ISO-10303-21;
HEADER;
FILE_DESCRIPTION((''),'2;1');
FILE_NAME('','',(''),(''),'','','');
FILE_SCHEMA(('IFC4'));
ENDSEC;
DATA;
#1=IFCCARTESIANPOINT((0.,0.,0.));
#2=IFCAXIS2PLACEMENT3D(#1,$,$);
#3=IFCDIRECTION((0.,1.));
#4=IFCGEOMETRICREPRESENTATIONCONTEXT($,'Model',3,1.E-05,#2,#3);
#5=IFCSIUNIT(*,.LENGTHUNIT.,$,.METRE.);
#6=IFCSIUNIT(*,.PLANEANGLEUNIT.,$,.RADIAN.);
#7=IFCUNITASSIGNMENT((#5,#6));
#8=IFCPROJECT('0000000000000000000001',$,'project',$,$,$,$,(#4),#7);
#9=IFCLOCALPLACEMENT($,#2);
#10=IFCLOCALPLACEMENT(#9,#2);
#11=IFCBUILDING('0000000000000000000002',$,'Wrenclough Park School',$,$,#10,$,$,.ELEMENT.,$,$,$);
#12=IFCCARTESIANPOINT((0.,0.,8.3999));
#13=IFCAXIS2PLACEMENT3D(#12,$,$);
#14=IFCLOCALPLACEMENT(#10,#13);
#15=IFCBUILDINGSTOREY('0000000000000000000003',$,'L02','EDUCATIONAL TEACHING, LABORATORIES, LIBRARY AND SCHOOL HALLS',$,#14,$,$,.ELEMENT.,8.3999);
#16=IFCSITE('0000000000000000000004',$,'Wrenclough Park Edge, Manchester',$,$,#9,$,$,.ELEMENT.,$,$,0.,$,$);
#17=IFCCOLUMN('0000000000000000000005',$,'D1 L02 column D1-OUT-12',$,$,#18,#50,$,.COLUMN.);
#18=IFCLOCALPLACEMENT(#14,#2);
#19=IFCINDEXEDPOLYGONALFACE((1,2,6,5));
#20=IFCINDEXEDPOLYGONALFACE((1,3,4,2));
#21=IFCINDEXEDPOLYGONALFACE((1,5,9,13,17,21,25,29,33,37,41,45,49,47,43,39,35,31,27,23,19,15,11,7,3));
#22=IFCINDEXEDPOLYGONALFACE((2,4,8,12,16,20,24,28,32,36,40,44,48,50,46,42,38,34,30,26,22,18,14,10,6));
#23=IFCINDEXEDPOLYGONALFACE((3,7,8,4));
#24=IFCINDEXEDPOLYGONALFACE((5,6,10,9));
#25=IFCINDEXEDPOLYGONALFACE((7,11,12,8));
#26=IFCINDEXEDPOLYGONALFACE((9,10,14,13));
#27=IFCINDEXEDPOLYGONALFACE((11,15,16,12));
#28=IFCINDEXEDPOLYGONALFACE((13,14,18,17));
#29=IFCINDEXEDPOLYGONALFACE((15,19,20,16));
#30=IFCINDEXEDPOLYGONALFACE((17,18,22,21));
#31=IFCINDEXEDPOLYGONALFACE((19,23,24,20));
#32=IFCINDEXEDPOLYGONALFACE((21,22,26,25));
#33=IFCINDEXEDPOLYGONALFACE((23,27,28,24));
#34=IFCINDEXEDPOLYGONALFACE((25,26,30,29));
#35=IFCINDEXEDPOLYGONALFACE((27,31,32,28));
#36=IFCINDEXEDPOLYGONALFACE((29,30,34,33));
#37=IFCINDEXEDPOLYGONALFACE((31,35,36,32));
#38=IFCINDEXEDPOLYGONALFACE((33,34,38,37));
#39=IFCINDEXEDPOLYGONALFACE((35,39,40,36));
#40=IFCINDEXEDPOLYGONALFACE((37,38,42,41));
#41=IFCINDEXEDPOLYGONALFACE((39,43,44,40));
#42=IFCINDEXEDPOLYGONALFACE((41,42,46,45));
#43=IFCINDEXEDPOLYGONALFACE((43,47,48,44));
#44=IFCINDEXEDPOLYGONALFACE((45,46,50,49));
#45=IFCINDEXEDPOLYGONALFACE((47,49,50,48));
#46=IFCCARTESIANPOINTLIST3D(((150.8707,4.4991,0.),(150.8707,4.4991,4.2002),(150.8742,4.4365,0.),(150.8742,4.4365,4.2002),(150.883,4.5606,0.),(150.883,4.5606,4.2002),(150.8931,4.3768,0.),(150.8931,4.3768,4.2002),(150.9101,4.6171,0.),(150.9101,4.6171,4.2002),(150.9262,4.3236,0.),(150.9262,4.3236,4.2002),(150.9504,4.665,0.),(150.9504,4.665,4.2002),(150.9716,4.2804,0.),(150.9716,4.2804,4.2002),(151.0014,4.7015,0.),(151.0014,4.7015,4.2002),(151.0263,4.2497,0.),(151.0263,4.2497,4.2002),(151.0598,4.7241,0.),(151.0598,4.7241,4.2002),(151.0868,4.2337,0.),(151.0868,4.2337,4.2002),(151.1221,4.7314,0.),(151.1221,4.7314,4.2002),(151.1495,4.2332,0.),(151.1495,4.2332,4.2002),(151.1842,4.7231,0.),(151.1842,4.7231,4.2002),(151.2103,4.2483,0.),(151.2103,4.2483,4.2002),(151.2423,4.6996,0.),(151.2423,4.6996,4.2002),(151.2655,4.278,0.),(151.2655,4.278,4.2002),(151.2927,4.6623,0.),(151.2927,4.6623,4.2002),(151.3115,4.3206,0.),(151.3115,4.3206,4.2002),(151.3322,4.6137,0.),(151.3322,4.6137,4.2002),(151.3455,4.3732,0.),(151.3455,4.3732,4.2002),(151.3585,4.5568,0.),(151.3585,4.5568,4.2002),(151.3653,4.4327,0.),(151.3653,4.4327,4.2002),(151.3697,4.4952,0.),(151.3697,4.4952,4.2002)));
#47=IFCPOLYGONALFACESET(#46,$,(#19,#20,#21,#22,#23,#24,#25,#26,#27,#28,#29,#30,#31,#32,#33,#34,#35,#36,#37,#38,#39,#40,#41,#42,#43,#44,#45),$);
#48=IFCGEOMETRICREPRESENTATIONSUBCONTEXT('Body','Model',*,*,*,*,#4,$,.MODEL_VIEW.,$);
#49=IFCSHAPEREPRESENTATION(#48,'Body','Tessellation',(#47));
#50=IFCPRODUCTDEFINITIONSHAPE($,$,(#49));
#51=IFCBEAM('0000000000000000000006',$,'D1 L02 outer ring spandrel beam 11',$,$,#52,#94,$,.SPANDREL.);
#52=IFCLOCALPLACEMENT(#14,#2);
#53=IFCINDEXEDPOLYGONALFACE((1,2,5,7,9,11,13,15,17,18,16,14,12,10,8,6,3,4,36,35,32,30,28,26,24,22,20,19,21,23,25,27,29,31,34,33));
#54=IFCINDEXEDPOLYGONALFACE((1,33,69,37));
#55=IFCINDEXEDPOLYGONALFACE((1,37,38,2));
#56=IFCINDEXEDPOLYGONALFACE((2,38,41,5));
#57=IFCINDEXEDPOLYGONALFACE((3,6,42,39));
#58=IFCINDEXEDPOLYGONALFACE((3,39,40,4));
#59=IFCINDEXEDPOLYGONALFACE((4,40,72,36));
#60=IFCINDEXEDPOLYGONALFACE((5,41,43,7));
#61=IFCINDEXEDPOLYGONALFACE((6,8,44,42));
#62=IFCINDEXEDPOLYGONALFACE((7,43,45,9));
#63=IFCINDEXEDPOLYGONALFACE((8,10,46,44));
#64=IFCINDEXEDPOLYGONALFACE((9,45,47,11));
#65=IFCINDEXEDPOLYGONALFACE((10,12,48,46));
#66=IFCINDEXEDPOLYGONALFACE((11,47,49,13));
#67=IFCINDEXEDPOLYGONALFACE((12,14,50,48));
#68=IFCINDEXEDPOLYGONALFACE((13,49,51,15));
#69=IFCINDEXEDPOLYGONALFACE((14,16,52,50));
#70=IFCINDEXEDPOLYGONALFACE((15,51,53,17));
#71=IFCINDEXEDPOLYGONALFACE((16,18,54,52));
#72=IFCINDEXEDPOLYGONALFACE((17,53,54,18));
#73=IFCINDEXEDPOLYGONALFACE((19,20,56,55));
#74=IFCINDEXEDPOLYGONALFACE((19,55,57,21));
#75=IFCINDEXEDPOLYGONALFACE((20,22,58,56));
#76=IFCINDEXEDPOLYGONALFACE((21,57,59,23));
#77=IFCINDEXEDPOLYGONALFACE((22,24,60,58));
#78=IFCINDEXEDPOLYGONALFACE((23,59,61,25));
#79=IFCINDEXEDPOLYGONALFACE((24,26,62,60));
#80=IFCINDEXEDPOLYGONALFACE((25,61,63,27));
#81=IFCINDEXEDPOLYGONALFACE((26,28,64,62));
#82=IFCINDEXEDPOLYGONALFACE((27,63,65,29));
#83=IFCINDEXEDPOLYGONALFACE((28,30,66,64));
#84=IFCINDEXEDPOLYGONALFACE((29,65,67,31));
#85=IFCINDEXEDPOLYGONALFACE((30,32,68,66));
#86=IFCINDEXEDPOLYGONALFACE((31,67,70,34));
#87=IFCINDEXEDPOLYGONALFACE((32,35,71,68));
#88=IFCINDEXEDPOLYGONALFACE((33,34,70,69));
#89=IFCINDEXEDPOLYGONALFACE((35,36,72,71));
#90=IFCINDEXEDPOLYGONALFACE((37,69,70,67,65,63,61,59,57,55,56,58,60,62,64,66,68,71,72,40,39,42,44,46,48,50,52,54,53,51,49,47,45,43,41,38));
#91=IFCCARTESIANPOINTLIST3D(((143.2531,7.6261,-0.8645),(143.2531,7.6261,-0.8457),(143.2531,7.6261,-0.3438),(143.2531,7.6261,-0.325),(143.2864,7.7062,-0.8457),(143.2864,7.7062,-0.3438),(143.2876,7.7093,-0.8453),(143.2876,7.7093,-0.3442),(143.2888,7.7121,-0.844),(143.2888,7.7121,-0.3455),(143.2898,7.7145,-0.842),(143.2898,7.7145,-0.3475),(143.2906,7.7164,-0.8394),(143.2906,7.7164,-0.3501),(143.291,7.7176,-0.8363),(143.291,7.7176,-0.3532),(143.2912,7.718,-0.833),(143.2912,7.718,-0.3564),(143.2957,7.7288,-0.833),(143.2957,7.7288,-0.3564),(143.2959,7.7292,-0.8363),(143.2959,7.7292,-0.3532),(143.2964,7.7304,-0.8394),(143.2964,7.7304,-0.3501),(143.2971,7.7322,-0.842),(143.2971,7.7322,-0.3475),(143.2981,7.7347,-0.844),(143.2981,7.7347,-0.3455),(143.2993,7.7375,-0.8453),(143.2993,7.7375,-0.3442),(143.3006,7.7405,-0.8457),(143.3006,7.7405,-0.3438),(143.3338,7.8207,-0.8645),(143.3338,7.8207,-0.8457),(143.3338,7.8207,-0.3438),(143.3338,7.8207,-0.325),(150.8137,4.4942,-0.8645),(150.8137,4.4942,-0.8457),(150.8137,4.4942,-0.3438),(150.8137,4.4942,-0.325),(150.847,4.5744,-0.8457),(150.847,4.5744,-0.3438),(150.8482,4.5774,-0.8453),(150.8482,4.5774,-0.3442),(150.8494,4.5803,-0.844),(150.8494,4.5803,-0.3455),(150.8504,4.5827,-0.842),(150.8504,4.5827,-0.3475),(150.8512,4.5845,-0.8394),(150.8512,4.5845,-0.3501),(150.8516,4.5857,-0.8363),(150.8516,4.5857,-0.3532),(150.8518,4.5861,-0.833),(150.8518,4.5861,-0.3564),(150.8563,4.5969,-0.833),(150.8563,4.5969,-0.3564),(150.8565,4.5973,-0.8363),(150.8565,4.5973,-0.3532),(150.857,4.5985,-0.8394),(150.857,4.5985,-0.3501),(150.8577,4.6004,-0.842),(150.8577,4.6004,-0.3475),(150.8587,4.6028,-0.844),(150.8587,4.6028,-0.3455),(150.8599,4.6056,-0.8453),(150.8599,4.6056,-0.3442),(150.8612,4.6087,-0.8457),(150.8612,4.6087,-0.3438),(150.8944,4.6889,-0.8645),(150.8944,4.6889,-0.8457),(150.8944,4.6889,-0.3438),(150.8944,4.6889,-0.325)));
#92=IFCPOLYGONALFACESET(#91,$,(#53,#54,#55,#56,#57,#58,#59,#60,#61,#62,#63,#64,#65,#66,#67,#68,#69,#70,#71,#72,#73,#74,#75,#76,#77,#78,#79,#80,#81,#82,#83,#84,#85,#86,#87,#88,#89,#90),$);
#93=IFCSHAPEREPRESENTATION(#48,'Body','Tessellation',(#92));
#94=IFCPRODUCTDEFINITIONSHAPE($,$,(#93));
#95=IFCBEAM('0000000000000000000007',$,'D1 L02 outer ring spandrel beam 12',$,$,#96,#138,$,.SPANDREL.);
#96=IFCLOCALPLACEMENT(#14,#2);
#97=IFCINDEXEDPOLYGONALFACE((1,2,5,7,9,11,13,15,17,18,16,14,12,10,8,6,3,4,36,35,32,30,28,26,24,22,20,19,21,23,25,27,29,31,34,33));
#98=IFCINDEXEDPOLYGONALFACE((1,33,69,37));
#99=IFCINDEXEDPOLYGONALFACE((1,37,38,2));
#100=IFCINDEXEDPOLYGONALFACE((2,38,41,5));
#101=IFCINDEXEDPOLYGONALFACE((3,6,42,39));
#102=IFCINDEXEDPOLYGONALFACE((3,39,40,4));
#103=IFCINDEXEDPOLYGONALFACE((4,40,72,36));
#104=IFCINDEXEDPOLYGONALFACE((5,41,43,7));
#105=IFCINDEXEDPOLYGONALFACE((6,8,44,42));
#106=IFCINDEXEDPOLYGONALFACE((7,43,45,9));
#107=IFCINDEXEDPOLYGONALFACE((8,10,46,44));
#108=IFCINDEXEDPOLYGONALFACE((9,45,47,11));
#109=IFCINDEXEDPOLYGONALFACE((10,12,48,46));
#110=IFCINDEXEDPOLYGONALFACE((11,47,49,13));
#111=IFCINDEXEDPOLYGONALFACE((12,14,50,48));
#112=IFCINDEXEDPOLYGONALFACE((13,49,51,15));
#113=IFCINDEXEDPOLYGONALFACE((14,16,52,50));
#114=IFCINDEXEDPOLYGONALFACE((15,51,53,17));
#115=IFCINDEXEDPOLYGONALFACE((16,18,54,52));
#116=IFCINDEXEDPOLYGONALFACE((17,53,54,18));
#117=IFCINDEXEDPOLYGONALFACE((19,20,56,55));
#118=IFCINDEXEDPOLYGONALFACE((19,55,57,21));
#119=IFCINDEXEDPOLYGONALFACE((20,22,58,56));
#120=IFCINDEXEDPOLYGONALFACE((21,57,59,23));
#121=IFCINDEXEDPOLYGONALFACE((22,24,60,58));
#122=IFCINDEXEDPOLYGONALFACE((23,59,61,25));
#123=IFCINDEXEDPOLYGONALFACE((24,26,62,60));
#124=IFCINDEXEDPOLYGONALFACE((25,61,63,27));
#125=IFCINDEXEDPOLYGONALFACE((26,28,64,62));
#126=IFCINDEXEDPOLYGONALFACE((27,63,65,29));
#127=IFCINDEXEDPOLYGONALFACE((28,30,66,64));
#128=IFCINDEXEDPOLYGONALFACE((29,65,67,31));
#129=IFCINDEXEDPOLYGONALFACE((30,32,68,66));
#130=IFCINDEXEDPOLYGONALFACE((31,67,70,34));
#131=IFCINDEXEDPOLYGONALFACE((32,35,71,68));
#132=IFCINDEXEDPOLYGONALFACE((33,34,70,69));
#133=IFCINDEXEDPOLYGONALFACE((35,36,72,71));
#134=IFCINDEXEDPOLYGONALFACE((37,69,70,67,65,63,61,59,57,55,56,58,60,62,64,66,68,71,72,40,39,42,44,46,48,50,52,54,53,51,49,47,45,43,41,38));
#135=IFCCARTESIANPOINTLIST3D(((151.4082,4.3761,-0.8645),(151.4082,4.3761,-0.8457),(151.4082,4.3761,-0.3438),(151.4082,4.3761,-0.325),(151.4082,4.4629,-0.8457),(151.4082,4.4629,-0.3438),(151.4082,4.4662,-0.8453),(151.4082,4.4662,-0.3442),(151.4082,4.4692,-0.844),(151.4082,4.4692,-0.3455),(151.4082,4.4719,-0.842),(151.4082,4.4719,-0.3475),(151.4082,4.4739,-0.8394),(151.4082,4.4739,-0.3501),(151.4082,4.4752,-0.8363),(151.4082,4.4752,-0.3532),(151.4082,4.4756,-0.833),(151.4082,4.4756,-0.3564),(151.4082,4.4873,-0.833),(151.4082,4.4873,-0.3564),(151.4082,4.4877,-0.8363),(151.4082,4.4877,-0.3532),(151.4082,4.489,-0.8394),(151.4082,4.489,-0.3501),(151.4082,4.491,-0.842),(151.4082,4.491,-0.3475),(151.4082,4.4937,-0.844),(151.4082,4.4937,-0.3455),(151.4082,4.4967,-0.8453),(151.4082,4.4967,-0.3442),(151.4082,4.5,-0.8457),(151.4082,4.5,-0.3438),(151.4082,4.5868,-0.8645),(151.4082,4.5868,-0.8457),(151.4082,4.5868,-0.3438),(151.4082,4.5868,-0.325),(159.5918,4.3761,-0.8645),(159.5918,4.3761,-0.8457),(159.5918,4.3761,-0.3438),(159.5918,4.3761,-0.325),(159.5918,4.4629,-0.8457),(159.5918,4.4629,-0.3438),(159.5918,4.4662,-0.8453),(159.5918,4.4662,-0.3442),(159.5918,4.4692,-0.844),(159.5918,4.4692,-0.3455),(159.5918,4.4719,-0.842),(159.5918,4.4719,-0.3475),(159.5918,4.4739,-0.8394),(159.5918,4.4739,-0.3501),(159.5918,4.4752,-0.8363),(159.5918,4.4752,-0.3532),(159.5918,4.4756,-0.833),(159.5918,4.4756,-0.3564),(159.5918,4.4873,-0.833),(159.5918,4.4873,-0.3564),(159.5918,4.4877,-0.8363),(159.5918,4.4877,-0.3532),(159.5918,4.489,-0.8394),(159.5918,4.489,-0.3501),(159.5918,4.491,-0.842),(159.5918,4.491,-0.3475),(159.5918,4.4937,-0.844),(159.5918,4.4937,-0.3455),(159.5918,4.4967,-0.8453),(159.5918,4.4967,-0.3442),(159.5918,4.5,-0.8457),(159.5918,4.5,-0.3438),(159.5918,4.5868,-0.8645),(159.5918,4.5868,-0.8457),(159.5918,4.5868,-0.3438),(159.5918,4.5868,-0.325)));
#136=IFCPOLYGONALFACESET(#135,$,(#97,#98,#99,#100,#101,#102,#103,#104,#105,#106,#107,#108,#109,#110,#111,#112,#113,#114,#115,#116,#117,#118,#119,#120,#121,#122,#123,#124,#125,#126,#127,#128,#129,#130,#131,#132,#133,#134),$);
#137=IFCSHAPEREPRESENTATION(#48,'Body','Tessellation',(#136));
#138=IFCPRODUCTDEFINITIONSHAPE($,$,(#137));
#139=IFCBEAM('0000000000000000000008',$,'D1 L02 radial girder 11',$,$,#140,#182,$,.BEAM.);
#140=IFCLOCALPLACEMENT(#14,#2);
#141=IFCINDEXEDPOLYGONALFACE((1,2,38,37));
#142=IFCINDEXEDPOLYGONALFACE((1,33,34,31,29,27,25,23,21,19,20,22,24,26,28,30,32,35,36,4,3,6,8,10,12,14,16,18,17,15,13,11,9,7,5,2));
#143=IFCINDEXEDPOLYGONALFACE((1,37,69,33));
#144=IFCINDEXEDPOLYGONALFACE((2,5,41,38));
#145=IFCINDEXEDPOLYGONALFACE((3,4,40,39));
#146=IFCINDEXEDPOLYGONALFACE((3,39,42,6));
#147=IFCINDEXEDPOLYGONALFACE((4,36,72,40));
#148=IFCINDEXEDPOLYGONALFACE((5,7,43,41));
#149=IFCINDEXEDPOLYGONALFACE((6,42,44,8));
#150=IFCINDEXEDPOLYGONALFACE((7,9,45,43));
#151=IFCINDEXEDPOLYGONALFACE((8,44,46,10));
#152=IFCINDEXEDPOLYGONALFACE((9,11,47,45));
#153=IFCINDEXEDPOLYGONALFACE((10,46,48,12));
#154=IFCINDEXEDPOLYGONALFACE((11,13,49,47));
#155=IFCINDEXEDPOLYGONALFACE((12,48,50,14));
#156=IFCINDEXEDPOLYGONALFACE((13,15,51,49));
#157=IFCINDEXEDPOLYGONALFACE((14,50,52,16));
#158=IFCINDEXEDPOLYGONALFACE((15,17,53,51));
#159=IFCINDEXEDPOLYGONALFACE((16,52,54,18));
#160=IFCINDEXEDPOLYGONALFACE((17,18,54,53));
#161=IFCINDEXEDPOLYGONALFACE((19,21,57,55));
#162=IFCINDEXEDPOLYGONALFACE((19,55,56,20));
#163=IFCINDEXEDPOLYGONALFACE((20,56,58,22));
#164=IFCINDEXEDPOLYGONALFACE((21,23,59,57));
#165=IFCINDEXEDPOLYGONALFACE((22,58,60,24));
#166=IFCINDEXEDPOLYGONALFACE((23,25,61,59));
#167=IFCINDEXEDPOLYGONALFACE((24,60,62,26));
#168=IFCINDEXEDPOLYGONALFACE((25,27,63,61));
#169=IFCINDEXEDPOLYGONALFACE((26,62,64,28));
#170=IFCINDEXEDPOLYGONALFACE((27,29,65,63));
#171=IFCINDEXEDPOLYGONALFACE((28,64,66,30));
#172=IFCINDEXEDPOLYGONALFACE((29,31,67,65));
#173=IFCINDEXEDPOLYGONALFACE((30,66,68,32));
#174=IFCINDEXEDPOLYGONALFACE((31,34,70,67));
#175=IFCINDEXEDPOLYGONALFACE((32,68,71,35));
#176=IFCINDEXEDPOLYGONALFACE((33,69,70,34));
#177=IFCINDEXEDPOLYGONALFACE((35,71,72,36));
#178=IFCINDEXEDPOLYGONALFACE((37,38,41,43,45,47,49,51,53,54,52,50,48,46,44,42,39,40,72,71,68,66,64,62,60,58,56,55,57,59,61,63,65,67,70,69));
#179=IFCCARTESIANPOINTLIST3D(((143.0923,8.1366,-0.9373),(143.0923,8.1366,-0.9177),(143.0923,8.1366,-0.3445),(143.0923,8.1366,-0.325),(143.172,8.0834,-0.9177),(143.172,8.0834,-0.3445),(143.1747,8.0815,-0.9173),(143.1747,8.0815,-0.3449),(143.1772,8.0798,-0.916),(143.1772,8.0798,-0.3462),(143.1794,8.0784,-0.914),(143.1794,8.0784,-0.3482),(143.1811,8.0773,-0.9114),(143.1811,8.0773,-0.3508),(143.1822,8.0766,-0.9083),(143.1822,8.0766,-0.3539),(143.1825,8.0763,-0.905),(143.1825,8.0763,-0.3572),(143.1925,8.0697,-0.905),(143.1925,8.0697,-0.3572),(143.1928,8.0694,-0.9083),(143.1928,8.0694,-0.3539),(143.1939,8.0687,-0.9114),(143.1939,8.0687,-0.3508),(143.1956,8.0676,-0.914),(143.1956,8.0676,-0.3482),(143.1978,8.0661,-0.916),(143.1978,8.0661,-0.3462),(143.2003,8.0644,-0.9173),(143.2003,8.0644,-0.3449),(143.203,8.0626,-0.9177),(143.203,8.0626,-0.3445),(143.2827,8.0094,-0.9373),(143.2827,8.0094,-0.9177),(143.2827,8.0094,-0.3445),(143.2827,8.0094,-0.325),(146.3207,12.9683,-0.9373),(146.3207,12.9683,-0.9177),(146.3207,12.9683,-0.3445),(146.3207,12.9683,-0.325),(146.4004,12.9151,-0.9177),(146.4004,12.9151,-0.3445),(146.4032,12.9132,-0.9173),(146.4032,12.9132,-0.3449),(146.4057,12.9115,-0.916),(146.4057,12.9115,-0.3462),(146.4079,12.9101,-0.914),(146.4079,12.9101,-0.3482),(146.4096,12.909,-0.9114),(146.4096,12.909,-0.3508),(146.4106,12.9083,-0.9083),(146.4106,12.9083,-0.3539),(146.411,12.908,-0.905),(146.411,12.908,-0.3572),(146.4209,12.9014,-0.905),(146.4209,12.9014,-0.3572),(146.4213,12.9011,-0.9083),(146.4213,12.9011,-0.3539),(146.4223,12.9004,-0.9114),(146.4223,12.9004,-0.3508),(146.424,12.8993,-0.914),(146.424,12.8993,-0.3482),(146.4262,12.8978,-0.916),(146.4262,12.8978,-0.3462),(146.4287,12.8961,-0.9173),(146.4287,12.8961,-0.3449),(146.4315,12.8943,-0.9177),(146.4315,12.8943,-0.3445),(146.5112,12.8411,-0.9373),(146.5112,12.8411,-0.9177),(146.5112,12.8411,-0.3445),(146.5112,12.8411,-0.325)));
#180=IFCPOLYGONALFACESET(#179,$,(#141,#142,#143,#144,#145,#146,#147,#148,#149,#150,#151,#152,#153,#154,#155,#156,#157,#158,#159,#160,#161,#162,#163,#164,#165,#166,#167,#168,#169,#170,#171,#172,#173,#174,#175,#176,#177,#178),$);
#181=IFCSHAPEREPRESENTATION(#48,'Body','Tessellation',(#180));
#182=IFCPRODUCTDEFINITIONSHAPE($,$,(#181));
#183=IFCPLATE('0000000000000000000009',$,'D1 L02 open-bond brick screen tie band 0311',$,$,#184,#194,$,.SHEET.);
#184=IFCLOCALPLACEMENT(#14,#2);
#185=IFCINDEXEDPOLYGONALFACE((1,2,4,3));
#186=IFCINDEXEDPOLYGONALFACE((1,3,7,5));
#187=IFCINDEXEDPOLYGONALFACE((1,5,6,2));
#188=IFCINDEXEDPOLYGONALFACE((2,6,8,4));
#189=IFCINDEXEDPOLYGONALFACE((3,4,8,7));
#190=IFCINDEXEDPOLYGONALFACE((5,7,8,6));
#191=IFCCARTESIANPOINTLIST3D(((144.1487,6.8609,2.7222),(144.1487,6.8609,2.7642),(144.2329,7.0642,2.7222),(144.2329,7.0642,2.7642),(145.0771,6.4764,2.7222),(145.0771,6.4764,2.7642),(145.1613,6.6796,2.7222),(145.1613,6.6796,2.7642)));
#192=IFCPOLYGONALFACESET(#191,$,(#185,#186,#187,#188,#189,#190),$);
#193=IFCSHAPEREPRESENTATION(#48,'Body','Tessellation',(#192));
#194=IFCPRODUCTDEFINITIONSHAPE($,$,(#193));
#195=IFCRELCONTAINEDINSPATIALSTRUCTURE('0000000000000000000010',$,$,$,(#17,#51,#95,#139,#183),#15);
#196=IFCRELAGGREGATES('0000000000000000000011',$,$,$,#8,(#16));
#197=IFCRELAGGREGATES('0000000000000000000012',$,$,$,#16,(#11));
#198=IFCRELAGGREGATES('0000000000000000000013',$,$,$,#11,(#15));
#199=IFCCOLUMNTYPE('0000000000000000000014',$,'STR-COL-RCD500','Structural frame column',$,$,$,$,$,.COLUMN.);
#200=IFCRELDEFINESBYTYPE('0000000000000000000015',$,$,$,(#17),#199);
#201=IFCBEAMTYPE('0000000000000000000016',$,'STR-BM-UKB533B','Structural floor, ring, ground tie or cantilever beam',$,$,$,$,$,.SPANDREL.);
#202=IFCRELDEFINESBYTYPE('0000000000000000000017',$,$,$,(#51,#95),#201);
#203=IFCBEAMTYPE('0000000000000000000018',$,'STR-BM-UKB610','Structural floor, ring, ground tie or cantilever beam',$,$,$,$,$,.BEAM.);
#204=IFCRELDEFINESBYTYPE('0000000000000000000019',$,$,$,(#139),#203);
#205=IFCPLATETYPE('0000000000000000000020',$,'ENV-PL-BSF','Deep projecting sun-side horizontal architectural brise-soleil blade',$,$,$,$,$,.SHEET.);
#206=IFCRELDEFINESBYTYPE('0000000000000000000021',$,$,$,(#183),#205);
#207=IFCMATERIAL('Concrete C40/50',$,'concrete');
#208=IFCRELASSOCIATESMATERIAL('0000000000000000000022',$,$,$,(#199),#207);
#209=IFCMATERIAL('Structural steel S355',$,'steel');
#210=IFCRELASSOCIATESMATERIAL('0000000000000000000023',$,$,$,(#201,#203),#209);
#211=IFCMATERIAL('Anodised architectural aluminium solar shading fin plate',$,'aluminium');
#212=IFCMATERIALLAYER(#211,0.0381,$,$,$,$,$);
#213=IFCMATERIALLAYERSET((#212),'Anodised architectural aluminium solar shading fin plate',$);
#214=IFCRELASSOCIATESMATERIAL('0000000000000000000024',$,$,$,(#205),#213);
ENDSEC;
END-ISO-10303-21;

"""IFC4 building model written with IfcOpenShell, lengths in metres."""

from ifc_helpers import new_model, si_unit, direction, frame, origin, origin_2d, place, context, subcontext, project, spatial, rectangle, circle, i_section, extrude, material, layer, layer_set, material_profile, profile_set, type_object, element, save


model = new_model("IFC4")

# Units and contexts
model_context = context("Model", 3, precision=1e-05, world=origin(), true_north=direction((0.0, 1.0)))
body_context = subcontext(model_context, "Body", "Model", "MODEL_VIEW")
ifc_project = project(units=[si_unit("LENGTHUNIT", "METRE"), si_unit("PLANEANGLEUNIT", "RADIAN")], contexts=[model_context])

# Site, building, storey
site_placement = place(None, origin())
site = spatial("IfcSite", under=ifc_project, at=site_placement, Name="Wrenclough Park Edge, Manchester", CompositionType="ELEMENT", RefElevation=0.0)
building_placement = place(site_placement, origin())
building = spatial("IfcBuilding", under=site, at=building_placement, Name="Wrenclough Park School", CompositionType="ELEMENT")
storey_placement = place(building_placement, frame((0.0, 0.0, 8.3999)))
storey = spatial("IfcBuildingStorey", under=building, at=storey_placement, Name="L02", Description="EDUCATIONAL TEACHING, LABORATORIES, LIBRARY AND SCHOOL HALLS", CompositionType="ELEMENT", Elevation=8.3999)

# Column
ifc_material_1 = material(Name="Concrete C40/50", Category="concrete")
ifc_material_profile_1 = material_profile(ifc_material_1, circle(Radius=0.25, at=origin_2d()), Name="RC COL D500")
ifc_profile_set_1 = profile_set([ifc_material_profile_1], Name="Concrete C40/50")
column_type = type_object("IfcColumnType", Name="STR-COL-RCD500", Description="Structural frame column", PredefinedType="COLUMN", material=ifc_profile_set_1)
for number, where, z_axis, x_axis, name in (
    (1, (151.1201, 4.4814, 0.0), (0.0, 0.0, 1.0), (0.980785, -0.19509, 0.0), "D1 L02 column D1-OUT-12"),
):
    element("IfcColumn", number, at=place(storey_placement, frame(where, z_axis=z_axis, x_axis=x_axis)), inside=storey, type_object=column_type, Name=name, PredefinedType="COLUMN", context=body_context, shape_type="SweptSolid", body=[
        extrude(circle(Radius=0.25, at=origin_2d()), origin(), (0.0, 0.0, 1.0), 4.2002),
    ])

# Beams
ifc_material_2 = material(Name="Structural steel S355", Category="steel")
ifc_material_profile_2 = material_profile(ifc_material_2, i_section(OverallWidth=0.2107, OverallDepth=0.5396, WebThickness=0.0117, FlangeThickness=0.0188, FilletRadius=0.0127, at=origin_2d()), Name="UKB 533x210x109")
ifc_profile_set_2 = profile_set([ifc_material_profile_2], Name="Structural steel S355")
beam_type_1 = type_object("IfcBeamType", Name="STR-BM-UKB533B", Description="Structural floor, ring, ground tie or cantilever beam", PredefinedType="SPANDREL", material=ifc_profile_set_2)
for number, where, z_axis, x_axis, name in (
    (2, (143.2935, 7.7234, -0.5947), (0.923873, -0.3827, 0.0), (0.3827, 0.923873, 0.0), "D1 L02 outer ring spandrel beam 11"),
    (3, (151.4082, 4.4814, -0.5947), (1.0, 0.0, 0.0), (0.0, 1.0, 0.0), "D1 L02 outer ring spandrel beam 12"),
):
    element("IfcBeam", number, at=place(storey_placement, frame(where, z_axis=z_axis, x_axis=x_axis)), inside=storey, type_object=beam_type_1, Name=name, PredefinedType="SPANDREL", context=body_context, shape_type="SweptSolid", body=[
        extrude(i_section(OverallWidth=0.2107, OverallDepth=0.5396, WebThickness=0.0117, FlangeThickness=0.0188, FilletRadius=0.0127, at=origin_2d()), origin(), (0.0, 0.0, 1.0), 8.1836),
    ])
ifc_material_profile_3 = material_profile(ifc_material_2, i_section(OverallWidth=0.229, OverallDepth=0.6123, WebThickness=0.012, FlangeThickness=0.0195, FilletRadius=0.0127, at=origin_2d()), Name="UKB 610x229x125")
ifc_profile_set_3 = profile_set([ifc_material_profile_3], Name="Structural steel S355")
beam_type_2 = type_object("IfcBeamType", Name="STR-BM-UKB610", Description="Structural floor, ring, ground tie or cantilever beam", PredefinedType="BEAM", material=ifc_profile_set_3)
beam_placement = place(storey_placement, frame((143.1875, 8.073, -0.6311), z_axis=(0.555572, 0.831468, 0.0), x_axis=(-0.831468, 0.555572, 0.0)))
element("IfcBeam", 4, at=beam_placement, inside=storey, type_object=beam_type_2, Name="D1 L02 radial girder 11", PredefinedType="BEAM", context=body_context, shape_type="SweptSolid", body=[
    extrude(i_section(OverallWidth=0.229, OverallDepth=0.6123, WebThickness=0.012, FlangeThickness=0.0195, FilletRadius=0.0127, at=origin_2d()), origin(), (0.0, 0.0, 1.0), 5.811),
])

# Plate
ifc_material_3 = material(Name="Anodised architectural aluminium solar shading fin plate", Category="aluminium")
ifc_layer_1 = layer(ifc_material_3, 0.0381)
ifc_layer_set_1 = layer_set([ifc_layer_1], Name="Anodised architectural aluminium solar shading fin plate")
plate_type = type_object("IfcPlateType", Name="ENV-PL-BSF", Description="Deep projecting sun-side horizontal architectural brise-soleil blade", PredefinedType="SHEET", material=ifc_layer_set_1)
for number, where, z_axis, x_axis, name in (
    (5, (144.655, 6.7703, 2.7222), (0.0, 0.0, 1.0), (0.923879, -0.382684, 0.0), "D1 L02 open-bond brick screen tie band 0311"),
):
    element("IfcPlate", number, at=place(storey_placement, frame(where, z_axis=z_axis, x_axis=x_axis)), inside=storey, type_object=plate_type, Name=name, PredefinedType="SHEET", context=body_context, shape_type="SweptSolid", body=[
        extrude(rectangle(XDim=1.0049, YDim=0.22, at=origin_2d()), origin(), (0.0, 0.0, 1.0), 0.042),
    ])

save(model, "model.ifc")
